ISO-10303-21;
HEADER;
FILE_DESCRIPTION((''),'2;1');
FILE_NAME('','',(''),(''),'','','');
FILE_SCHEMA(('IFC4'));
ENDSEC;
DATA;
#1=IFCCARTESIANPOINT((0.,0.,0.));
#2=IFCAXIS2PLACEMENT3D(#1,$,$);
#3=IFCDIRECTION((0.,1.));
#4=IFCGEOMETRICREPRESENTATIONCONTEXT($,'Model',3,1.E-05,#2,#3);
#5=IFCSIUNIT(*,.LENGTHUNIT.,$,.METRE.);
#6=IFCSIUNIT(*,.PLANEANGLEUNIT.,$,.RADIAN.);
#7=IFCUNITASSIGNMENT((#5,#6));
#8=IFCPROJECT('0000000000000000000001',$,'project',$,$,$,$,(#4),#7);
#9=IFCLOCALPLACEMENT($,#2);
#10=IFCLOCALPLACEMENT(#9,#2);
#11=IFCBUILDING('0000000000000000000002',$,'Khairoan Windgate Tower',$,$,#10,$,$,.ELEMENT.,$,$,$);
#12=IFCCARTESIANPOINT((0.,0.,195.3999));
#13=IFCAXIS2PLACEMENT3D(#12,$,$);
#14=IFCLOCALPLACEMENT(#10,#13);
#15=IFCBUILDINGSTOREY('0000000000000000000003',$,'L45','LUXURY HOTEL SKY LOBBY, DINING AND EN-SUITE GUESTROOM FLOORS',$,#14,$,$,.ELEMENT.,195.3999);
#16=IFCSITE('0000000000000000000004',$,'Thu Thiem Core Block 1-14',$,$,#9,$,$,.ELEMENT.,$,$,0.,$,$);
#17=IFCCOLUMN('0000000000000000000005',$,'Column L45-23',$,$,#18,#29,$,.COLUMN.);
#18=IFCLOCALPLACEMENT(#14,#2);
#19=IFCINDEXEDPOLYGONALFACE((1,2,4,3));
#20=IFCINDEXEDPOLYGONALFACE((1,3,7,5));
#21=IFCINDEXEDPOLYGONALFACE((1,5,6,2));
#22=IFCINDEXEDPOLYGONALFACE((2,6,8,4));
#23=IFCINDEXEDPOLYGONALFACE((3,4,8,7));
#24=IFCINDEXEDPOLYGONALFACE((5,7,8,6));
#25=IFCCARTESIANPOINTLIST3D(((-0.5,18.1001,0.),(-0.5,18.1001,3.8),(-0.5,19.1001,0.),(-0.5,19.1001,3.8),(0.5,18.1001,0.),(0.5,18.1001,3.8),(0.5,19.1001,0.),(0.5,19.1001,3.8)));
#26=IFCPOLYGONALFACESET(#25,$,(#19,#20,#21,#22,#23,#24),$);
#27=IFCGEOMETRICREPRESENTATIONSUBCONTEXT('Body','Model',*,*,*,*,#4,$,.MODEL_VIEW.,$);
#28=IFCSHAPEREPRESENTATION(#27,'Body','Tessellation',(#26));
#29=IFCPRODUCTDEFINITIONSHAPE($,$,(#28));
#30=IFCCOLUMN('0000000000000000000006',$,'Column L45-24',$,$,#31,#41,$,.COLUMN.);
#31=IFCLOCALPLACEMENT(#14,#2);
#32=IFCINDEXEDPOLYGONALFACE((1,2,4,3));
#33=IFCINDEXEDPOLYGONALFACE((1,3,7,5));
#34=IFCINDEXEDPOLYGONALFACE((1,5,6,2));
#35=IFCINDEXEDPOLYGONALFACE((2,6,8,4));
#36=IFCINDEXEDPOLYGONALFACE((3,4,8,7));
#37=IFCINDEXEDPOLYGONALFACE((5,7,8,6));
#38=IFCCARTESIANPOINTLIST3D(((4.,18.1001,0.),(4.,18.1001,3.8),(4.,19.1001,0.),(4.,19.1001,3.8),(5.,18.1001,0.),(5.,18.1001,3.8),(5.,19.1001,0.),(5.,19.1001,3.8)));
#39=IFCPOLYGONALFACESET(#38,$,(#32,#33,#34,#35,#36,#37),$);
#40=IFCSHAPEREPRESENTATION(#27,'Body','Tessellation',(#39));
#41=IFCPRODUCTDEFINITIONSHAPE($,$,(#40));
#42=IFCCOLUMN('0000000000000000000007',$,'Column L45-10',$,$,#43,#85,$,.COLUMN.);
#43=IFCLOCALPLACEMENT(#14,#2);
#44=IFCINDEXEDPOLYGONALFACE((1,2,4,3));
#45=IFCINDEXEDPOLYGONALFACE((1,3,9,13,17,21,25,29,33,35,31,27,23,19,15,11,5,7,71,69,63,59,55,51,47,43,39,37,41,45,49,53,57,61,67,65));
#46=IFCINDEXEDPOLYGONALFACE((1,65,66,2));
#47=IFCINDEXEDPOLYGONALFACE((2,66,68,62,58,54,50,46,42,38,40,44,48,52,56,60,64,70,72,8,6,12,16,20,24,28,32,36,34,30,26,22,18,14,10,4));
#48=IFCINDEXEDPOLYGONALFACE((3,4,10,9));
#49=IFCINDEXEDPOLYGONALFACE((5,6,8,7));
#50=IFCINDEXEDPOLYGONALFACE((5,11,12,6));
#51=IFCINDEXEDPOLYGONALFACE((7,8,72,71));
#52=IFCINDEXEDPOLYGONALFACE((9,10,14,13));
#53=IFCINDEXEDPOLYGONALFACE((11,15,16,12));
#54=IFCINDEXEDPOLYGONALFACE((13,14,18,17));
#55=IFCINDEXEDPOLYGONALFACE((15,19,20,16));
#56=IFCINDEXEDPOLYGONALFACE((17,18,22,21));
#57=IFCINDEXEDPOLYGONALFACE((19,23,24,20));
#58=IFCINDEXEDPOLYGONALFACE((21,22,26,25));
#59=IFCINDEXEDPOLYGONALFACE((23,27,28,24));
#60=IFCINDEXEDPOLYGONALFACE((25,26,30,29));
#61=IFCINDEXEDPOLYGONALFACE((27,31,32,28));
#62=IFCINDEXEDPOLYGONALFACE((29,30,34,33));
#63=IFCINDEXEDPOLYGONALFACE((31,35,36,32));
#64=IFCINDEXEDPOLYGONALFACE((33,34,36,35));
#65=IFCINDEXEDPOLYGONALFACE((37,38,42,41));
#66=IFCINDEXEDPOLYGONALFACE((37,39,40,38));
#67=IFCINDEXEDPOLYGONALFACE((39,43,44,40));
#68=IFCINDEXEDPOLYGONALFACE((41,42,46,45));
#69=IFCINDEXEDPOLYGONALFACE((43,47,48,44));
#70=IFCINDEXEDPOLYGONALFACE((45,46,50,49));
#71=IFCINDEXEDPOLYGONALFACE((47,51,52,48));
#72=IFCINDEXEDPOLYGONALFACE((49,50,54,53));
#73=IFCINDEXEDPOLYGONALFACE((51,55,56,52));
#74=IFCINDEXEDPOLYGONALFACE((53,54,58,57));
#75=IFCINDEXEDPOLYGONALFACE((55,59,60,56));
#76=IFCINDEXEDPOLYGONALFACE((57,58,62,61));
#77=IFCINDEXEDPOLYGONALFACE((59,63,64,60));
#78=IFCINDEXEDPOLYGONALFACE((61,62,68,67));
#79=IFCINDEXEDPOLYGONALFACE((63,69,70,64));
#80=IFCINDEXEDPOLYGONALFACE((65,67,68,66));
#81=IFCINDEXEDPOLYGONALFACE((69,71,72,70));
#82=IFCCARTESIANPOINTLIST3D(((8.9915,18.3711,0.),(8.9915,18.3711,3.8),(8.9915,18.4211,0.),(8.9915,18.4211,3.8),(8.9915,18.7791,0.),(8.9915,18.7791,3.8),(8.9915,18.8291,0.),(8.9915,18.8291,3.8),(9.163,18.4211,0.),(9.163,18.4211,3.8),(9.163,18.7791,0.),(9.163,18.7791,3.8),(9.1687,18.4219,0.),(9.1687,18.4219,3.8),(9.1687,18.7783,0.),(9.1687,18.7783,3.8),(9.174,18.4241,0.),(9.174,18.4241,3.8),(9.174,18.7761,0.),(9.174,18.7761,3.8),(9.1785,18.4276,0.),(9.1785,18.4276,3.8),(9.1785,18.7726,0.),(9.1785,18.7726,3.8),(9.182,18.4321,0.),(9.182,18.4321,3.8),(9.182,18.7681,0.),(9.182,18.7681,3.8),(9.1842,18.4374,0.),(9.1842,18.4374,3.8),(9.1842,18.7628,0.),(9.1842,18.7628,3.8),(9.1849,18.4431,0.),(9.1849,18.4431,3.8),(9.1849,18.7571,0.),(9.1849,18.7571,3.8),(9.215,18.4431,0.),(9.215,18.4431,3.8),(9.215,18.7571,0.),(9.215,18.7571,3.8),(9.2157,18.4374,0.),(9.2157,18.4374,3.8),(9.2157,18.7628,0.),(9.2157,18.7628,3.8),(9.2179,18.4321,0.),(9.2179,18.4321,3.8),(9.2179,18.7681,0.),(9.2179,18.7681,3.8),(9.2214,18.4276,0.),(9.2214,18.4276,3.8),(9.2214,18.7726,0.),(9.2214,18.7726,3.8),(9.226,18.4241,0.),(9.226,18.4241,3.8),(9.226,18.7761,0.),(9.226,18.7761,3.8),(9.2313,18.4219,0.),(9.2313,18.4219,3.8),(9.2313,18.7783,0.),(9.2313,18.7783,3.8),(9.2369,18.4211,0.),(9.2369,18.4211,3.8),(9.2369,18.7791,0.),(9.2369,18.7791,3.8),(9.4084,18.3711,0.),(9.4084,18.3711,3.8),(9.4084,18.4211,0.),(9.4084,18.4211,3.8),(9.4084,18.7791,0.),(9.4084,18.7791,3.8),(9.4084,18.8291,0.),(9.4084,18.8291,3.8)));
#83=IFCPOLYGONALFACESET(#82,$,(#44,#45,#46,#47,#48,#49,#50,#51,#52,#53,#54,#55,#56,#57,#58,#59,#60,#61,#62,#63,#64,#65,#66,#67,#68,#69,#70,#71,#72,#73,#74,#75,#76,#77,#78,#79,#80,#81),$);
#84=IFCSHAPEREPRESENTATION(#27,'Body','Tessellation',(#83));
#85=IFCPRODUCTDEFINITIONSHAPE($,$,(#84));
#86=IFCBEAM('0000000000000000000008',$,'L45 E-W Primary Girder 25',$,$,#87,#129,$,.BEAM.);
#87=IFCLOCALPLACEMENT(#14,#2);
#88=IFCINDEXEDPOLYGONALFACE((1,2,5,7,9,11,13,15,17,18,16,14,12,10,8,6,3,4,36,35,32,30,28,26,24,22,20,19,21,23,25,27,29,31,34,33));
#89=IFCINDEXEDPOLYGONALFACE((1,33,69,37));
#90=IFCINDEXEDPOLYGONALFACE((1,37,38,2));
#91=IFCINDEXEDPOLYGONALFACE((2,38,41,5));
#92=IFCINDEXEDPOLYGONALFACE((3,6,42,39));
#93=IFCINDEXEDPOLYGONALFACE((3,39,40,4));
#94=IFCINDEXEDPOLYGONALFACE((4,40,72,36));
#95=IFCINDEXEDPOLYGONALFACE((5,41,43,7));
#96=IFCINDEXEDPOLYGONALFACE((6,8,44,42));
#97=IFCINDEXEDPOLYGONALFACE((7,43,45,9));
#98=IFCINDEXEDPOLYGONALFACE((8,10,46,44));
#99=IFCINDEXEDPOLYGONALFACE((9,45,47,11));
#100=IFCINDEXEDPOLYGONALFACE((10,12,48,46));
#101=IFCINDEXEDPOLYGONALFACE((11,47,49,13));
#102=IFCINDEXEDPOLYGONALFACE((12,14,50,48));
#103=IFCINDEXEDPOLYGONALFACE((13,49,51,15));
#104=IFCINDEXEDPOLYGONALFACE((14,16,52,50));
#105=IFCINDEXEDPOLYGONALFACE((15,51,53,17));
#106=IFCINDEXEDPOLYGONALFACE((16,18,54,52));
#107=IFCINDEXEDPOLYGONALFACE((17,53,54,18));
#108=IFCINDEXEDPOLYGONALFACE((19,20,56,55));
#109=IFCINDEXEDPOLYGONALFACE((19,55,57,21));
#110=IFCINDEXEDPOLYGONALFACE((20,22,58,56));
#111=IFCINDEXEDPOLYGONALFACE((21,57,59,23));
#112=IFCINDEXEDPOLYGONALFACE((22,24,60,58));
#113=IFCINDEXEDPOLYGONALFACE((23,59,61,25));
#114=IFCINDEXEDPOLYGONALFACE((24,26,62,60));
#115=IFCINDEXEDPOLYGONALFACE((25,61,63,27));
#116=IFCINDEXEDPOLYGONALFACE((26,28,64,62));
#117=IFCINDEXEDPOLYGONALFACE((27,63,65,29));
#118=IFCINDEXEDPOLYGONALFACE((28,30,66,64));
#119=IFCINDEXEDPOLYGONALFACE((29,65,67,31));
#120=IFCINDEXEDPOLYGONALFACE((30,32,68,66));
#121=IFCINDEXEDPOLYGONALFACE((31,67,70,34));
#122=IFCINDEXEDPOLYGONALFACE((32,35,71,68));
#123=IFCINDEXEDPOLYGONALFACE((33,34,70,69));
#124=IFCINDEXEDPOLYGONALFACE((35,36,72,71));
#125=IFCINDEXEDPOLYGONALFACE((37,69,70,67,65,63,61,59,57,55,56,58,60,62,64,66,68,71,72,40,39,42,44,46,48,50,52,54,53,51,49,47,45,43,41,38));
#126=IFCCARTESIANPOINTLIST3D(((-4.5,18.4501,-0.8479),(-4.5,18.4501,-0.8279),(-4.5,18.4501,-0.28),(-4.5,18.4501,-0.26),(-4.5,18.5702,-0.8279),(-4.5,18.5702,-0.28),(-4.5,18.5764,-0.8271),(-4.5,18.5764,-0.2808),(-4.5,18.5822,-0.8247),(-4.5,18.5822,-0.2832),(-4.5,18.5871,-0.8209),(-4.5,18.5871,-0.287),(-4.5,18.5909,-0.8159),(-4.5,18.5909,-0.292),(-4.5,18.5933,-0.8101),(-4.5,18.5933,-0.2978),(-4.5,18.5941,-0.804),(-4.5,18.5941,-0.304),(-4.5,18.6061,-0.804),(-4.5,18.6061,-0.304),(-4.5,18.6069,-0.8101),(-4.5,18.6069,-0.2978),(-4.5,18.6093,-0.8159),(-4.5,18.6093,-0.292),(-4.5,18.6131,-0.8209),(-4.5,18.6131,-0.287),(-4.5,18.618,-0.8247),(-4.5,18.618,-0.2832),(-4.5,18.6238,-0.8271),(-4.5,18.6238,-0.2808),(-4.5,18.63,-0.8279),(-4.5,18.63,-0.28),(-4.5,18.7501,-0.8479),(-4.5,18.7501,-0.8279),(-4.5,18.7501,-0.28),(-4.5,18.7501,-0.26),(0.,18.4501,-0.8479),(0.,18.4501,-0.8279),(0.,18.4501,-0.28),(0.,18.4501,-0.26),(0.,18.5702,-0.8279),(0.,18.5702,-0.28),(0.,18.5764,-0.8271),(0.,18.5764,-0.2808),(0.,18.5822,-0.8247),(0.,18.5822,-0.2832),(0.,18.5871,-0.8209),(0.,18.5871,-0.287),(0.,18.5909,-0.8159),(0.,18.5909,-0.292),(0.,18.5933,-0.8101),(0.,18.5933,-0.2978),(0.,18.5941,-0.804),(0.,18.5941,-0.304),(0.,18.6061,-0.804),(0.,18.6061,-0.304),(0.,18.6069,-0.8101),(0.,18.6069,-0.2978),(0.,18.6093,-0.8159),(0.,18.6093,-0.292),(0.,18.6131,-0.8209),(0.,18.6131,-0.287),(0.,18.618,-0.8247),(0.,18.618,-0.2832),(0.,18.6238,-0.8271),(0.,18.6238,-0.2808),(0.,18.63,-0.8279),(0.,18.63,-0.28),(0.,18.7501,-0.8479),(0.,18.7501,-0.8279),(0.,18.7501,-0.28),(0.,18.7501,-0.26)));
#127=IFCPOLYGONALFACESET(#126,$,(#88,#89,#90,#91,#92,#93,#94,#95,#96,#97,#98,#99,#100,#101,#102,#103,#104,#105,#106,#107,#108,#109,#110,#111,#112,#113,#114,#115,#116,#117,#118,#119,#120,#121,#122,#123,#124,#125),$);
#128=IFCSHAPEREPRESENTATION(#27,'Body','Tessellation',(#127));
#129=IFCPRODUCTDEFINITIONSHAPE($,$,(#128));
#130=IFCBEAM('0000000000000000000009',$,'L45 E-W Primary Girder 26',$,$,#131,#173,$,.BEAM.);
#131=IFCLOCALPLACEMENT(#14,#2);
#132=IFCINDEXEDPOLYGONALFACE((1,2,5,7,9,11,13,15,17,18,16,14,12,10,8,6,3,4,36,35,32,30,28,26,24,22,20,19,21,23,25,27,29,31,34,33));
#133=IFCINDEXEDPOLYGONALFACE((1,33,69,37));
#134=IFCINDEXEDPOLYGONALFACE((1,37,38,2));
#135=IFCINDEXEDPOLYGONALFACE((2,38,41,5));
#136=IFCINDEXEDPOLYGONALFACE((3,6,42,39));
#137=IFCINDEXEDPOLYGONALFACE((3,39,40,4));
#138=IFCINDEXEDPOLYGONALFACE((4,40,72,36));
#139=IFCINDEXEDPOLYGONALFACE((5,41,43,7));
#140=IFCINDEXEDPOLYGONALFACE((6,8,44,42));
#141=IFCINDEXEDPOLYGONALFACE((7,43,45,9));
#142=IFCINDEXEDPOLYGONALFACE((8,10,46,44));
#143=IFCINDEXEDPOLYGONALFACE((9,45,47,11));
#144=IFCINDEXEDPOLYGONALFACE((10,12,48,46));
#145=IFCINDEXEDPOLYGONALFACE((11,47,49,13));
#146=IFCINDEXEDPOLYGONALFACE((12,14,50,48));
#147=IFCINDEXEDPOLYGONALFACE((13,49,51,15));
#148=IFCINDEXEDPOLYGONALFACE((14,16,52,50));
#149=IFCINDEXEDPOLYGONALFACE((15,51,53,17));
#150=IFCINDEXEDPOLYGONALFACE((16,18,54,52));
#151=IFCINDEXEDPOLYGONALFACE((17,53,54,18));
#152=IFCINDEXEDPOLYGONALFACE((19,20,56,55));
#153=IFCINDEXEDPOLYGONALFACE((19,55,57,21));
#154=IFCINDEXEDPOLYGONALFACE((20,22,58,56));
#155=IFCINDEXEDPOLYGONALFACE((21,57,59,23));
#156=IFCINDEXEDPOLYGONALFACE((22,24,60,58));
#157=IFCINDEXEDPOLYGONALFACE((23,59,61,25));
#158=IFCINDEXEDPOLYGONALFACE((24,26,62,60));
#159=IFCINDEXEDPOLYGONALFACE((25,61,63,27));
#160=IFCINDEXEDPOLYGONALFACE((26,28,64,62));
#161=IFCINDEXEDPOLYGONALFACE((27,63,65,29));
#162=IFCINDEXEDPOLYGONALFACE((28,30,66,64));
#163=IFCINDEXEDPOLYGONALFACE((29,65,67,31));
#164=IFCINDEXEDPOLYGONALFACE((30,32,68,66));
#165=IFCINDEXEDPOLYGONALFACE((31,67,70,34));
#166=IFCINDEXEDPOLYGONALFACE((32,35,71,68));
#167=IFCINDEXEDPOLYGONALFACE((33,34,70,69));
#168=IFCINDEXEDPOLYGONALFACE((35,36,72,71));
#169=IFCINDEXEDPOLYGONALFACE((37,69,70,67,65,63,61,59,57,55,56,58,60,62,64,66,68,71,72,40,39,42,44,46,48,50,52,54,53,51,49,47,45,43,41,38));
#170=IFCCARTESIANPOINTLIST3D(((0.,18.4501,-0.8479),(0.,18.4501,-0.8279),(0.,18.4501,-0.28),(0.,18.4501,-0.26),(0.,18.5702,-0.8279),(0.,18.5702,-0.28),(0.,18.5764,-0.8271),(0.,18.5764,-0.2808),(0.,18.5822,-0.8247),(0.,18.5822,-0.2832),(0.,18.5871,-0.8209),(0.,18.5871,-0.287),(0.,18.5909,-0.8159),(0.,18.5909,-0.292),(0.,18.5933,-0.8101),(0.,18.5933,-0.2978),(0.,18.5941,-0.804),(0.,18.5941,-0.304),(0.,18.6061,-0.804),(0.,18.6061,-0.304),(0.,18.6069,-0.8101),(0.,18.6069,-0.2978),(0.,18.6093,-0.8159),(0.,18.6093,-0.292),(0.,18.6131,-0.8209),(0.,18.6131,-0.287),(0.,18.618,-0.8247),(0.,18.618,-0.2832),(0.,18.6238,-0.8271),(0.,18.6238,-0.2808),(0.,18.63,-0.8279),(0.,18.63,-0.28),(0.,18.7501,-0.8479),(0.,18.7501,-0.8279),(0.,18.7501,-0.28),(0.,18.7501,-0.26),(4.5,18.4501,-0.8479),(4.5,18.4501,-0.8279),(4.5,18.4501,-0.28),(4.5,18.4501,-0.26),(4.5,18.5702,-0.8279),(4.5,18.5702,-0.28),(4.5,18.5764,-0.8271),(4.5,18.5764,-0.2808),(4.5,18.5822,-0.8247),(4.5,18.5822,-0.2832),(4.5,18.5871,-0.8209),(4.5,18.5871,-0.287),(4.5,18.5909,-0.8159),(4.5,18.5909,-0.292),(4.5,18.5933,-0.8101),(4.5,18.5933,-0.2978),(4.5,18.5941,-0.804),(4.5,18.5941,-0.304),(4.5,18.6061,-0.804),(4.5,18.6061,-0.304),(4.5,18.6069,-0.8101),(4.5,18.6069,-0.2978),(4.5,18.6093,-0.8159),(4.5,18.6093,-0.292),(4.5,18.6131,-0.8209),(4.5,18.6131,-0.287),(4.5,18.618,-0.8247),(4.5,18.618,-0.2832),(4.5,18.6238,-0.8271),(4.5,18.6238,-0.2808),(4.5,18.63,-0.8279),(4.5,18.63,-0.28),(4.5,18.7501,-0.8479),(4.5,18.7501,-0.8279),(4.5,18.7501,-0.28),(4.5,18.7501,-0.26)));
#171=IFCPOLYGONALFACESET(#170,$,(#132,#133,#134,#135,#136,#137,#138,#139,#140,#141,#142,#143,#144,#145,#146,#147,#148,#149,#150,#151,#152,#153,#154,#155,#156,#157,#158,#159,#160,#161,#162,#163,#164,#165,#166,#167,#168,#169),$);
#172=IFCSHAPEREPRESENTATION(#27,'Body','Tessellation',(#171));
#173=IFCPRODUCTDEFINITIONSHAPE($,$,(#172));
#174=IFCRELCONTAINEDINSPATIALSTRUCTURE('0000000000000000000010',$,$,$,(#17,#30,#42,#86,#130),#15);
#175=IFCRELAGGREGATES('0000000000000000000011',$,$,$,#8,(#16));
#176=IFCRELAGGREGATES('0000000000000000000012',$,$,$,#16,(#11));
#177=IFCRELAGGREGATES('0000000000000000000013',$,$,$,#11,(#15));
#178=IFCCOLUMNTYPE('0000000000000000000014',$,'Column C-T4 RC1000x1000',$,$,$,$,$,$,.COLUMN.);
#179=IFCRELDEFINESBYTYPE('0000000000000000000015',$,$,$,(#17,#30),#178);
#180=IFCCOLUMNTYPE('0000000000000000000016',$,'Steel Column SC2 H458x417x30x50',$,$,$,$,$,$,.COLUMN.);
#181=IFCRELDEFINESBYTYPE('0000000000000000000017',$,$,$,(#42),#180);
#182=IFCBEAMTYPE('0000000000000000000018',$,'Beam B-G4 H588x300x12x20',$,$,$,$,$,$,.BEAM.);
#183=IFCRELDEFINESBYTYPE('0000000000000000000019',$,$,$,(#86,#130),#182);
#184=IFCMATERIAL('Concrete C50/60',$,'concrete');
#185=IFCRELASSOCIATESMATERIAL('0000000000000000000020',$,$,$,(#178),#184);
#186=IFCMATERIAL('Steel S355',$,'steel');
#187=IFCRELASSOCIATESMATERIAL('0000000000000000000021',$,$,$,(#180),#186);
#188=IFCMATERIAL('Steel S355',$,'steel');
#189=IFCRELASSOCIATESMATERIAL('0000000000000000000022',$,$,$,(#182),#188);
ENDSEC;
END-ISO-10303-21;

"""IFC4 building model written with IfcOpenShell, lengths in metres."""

from ifc_helpers import new_model, si_unit, direction, frame, origin, origin_2d, place, context, subcontext, project, spatial, rectangle, i_section, extrude, material, material_profile, profile_set, type_object, element, save


model = new_model("IFC4")

# Units and contexts
model_context = context("Model", 3, precision=1e-05, world=origin(), true_north=direction((0.0, 1.0)))
body_context = subcontext(model_context, "Body", "Model", "MODEL_VIEW")
ifc_project = project(units=[si_unit("LENGTHUNIT", "METRE"), si_unit("PLANEANGLEUNIT", "RADIAN")], contexts=[model_context])

# Site, building, storey
site_placement = place(None, origin())
site = spatial("IfcSite", under=ifc_project, at=site_placement, Name="Thu Thiem Core Block 1-14", CompositionType="ELEMENT", RefElevation=0.0)
building_placement = place(site_placement, origin())
building = spatial("IfcBuilding", under=site, at=building_placement, Name="Khairoan Windgate Tower", CompositionType="ELEMENT")
storey_placement = place(building_placement, frame((0.0, 0.0, 195.3999)))
storey = spatial("IfcBuildingStorey", under=building, at=storey_placement, Name="L45", Description="LUXURY HOTEL SKY LOBBY, DINING AND EN-SUITE GUESTROOM FLOORS", CompositionType="ELEMENT", Elevation=195.3999)

# Columns
ifc_material_1 = material(Name="Concrete C50/60", Category="concrete")
ifc_material_profile_1 = material_profile(ifc_material_1, rectangle(XDim=1.0, YDim=1.0, at=origin_2d()))
ifc_profile_set_1 = profile_set([ifc_material_profile_1], Name="Concrete C50/60")
column_type_1 = type_object("IfcColumnType", Name="Column C-T4 RC1000x1000", PredefinedType="COLUMN", material=ifc_profile_set_1)
for number, where, z_axis, x_axis, name in (
    (1, (0.0, 18.6001, 0.0), (0.0, 0.0, 1.0), (1.0, 0.0, 0.0), "Column L45-23"),
    (2, (4.5, 18.6001, 0.0), (0.0, 0.0, 1.0), (1.0, 0.0, 0.0), "Column L45-24"),
):
    element("IfcColumn", number, at=place(storey_placement, frame(where, z_axis=z_axis, x_axis=x_axis)), inside=storey, type_object=column_type_1, Name=name, PredefinedType="COLUMN", context=body_context, shape_type="SweptSolid", body=[
        extrude(rectangle(XDim=1.0, YDim=1.0, at=origin_2d()), origin(), (0.0, 0.0, 1.0), 3.8),
    ])
ifc_material_2 = material(Name="Steel S355", Category="steel")
ifc_material_profile_2 = material_profile(ifc_material_2, i_section(OverallWidth=0.417, OverallDepth=0.458, WebThickness=0.03, FlangeThickness=0.05, FilletRadius=0.022, at=origin_2d()))
ifc_profile_set_2 = profile_set([ifc_material_profile_2], Name="Steel S355")
column_type_2 = type_object("IfcColumnType", Name="Steel Column SC2 H458x417x30x50", PredefinedType="COLUMN", material=ifc_profile_set_2)
column_placement = place(storey_placement, frame((9.2, 18.6001, 0.0), z_axis=(0.0, 0.0, 1.0), x_axis=(1.0, 0.0, 0.0)))
element("IfcColumn", 3, at=column_placement, inside=storey, type_object=column_type_2, Name="Column L45-10", PredefinedType="COLUMN", context=body_context, shape_type="SweptSolid", body=[
    extrude(i_section(OverallWidth=0.417, OverallDepth=0.458, WebThickness=0.03, FlangeThickness=0.05, FilletRadius=0.022, at=origin_2d()), origin(), (0.0, 0.0, 1.0), 3.8),
])

# Beams
ifc_material_3 = material(Name="Steel S355", Category="steel")
ifc_material_profile_3 = material_profile(ifc_material_3, i_section(OverallWidth=0.3, OverallDepth=0.5879, WebThickness=0.012, FlangeThickness=0.02, FilletRadius=0.0239, at=origin_2d()))
ifc_profile_set_3 = profile_set([ifc_material_profile_3], Name="Steel S355")
beam_type = type_object("IfcBeamType", Name="Beam B-G4 H588x300x12x20", PredefinedType="BEAM", material=ifc_profile_set_3)
for number, where, z_axis, x_axis, name in (
    (4, (-4.5, 18.6001, -0.554), (1.0, 0.0, 0.0), (0.0, 1.0, 0.0), "L45 E-W Primary Girder 25"),
    (5, (0.0, 18.6001, -0.554), (1.0, 0.0, 0.0), (0.0, 1.0, 0.0), "L45 E-W Primary Girder 26"),
):
    element("IfcBeam", number, at=place(storey_placement, frame(where, z_axis=z_axis, x_axis=x_axis)), inside=storey, type_object=beam_type, Name=name, PredefinedType="BEAM", context=body_context, shape_type="SweptSolid", body=[
        extrude(i_section(OverallWidth=0.3, OverallDepth=0.5879, WebThickness=0.012, FlangeThickness=0.02, FilletRadius=0.0239, at=origin_2d()), origin(), (0.0, 0.0, 1.0), 4.5),
    ])

save(model, "model.ifc")
